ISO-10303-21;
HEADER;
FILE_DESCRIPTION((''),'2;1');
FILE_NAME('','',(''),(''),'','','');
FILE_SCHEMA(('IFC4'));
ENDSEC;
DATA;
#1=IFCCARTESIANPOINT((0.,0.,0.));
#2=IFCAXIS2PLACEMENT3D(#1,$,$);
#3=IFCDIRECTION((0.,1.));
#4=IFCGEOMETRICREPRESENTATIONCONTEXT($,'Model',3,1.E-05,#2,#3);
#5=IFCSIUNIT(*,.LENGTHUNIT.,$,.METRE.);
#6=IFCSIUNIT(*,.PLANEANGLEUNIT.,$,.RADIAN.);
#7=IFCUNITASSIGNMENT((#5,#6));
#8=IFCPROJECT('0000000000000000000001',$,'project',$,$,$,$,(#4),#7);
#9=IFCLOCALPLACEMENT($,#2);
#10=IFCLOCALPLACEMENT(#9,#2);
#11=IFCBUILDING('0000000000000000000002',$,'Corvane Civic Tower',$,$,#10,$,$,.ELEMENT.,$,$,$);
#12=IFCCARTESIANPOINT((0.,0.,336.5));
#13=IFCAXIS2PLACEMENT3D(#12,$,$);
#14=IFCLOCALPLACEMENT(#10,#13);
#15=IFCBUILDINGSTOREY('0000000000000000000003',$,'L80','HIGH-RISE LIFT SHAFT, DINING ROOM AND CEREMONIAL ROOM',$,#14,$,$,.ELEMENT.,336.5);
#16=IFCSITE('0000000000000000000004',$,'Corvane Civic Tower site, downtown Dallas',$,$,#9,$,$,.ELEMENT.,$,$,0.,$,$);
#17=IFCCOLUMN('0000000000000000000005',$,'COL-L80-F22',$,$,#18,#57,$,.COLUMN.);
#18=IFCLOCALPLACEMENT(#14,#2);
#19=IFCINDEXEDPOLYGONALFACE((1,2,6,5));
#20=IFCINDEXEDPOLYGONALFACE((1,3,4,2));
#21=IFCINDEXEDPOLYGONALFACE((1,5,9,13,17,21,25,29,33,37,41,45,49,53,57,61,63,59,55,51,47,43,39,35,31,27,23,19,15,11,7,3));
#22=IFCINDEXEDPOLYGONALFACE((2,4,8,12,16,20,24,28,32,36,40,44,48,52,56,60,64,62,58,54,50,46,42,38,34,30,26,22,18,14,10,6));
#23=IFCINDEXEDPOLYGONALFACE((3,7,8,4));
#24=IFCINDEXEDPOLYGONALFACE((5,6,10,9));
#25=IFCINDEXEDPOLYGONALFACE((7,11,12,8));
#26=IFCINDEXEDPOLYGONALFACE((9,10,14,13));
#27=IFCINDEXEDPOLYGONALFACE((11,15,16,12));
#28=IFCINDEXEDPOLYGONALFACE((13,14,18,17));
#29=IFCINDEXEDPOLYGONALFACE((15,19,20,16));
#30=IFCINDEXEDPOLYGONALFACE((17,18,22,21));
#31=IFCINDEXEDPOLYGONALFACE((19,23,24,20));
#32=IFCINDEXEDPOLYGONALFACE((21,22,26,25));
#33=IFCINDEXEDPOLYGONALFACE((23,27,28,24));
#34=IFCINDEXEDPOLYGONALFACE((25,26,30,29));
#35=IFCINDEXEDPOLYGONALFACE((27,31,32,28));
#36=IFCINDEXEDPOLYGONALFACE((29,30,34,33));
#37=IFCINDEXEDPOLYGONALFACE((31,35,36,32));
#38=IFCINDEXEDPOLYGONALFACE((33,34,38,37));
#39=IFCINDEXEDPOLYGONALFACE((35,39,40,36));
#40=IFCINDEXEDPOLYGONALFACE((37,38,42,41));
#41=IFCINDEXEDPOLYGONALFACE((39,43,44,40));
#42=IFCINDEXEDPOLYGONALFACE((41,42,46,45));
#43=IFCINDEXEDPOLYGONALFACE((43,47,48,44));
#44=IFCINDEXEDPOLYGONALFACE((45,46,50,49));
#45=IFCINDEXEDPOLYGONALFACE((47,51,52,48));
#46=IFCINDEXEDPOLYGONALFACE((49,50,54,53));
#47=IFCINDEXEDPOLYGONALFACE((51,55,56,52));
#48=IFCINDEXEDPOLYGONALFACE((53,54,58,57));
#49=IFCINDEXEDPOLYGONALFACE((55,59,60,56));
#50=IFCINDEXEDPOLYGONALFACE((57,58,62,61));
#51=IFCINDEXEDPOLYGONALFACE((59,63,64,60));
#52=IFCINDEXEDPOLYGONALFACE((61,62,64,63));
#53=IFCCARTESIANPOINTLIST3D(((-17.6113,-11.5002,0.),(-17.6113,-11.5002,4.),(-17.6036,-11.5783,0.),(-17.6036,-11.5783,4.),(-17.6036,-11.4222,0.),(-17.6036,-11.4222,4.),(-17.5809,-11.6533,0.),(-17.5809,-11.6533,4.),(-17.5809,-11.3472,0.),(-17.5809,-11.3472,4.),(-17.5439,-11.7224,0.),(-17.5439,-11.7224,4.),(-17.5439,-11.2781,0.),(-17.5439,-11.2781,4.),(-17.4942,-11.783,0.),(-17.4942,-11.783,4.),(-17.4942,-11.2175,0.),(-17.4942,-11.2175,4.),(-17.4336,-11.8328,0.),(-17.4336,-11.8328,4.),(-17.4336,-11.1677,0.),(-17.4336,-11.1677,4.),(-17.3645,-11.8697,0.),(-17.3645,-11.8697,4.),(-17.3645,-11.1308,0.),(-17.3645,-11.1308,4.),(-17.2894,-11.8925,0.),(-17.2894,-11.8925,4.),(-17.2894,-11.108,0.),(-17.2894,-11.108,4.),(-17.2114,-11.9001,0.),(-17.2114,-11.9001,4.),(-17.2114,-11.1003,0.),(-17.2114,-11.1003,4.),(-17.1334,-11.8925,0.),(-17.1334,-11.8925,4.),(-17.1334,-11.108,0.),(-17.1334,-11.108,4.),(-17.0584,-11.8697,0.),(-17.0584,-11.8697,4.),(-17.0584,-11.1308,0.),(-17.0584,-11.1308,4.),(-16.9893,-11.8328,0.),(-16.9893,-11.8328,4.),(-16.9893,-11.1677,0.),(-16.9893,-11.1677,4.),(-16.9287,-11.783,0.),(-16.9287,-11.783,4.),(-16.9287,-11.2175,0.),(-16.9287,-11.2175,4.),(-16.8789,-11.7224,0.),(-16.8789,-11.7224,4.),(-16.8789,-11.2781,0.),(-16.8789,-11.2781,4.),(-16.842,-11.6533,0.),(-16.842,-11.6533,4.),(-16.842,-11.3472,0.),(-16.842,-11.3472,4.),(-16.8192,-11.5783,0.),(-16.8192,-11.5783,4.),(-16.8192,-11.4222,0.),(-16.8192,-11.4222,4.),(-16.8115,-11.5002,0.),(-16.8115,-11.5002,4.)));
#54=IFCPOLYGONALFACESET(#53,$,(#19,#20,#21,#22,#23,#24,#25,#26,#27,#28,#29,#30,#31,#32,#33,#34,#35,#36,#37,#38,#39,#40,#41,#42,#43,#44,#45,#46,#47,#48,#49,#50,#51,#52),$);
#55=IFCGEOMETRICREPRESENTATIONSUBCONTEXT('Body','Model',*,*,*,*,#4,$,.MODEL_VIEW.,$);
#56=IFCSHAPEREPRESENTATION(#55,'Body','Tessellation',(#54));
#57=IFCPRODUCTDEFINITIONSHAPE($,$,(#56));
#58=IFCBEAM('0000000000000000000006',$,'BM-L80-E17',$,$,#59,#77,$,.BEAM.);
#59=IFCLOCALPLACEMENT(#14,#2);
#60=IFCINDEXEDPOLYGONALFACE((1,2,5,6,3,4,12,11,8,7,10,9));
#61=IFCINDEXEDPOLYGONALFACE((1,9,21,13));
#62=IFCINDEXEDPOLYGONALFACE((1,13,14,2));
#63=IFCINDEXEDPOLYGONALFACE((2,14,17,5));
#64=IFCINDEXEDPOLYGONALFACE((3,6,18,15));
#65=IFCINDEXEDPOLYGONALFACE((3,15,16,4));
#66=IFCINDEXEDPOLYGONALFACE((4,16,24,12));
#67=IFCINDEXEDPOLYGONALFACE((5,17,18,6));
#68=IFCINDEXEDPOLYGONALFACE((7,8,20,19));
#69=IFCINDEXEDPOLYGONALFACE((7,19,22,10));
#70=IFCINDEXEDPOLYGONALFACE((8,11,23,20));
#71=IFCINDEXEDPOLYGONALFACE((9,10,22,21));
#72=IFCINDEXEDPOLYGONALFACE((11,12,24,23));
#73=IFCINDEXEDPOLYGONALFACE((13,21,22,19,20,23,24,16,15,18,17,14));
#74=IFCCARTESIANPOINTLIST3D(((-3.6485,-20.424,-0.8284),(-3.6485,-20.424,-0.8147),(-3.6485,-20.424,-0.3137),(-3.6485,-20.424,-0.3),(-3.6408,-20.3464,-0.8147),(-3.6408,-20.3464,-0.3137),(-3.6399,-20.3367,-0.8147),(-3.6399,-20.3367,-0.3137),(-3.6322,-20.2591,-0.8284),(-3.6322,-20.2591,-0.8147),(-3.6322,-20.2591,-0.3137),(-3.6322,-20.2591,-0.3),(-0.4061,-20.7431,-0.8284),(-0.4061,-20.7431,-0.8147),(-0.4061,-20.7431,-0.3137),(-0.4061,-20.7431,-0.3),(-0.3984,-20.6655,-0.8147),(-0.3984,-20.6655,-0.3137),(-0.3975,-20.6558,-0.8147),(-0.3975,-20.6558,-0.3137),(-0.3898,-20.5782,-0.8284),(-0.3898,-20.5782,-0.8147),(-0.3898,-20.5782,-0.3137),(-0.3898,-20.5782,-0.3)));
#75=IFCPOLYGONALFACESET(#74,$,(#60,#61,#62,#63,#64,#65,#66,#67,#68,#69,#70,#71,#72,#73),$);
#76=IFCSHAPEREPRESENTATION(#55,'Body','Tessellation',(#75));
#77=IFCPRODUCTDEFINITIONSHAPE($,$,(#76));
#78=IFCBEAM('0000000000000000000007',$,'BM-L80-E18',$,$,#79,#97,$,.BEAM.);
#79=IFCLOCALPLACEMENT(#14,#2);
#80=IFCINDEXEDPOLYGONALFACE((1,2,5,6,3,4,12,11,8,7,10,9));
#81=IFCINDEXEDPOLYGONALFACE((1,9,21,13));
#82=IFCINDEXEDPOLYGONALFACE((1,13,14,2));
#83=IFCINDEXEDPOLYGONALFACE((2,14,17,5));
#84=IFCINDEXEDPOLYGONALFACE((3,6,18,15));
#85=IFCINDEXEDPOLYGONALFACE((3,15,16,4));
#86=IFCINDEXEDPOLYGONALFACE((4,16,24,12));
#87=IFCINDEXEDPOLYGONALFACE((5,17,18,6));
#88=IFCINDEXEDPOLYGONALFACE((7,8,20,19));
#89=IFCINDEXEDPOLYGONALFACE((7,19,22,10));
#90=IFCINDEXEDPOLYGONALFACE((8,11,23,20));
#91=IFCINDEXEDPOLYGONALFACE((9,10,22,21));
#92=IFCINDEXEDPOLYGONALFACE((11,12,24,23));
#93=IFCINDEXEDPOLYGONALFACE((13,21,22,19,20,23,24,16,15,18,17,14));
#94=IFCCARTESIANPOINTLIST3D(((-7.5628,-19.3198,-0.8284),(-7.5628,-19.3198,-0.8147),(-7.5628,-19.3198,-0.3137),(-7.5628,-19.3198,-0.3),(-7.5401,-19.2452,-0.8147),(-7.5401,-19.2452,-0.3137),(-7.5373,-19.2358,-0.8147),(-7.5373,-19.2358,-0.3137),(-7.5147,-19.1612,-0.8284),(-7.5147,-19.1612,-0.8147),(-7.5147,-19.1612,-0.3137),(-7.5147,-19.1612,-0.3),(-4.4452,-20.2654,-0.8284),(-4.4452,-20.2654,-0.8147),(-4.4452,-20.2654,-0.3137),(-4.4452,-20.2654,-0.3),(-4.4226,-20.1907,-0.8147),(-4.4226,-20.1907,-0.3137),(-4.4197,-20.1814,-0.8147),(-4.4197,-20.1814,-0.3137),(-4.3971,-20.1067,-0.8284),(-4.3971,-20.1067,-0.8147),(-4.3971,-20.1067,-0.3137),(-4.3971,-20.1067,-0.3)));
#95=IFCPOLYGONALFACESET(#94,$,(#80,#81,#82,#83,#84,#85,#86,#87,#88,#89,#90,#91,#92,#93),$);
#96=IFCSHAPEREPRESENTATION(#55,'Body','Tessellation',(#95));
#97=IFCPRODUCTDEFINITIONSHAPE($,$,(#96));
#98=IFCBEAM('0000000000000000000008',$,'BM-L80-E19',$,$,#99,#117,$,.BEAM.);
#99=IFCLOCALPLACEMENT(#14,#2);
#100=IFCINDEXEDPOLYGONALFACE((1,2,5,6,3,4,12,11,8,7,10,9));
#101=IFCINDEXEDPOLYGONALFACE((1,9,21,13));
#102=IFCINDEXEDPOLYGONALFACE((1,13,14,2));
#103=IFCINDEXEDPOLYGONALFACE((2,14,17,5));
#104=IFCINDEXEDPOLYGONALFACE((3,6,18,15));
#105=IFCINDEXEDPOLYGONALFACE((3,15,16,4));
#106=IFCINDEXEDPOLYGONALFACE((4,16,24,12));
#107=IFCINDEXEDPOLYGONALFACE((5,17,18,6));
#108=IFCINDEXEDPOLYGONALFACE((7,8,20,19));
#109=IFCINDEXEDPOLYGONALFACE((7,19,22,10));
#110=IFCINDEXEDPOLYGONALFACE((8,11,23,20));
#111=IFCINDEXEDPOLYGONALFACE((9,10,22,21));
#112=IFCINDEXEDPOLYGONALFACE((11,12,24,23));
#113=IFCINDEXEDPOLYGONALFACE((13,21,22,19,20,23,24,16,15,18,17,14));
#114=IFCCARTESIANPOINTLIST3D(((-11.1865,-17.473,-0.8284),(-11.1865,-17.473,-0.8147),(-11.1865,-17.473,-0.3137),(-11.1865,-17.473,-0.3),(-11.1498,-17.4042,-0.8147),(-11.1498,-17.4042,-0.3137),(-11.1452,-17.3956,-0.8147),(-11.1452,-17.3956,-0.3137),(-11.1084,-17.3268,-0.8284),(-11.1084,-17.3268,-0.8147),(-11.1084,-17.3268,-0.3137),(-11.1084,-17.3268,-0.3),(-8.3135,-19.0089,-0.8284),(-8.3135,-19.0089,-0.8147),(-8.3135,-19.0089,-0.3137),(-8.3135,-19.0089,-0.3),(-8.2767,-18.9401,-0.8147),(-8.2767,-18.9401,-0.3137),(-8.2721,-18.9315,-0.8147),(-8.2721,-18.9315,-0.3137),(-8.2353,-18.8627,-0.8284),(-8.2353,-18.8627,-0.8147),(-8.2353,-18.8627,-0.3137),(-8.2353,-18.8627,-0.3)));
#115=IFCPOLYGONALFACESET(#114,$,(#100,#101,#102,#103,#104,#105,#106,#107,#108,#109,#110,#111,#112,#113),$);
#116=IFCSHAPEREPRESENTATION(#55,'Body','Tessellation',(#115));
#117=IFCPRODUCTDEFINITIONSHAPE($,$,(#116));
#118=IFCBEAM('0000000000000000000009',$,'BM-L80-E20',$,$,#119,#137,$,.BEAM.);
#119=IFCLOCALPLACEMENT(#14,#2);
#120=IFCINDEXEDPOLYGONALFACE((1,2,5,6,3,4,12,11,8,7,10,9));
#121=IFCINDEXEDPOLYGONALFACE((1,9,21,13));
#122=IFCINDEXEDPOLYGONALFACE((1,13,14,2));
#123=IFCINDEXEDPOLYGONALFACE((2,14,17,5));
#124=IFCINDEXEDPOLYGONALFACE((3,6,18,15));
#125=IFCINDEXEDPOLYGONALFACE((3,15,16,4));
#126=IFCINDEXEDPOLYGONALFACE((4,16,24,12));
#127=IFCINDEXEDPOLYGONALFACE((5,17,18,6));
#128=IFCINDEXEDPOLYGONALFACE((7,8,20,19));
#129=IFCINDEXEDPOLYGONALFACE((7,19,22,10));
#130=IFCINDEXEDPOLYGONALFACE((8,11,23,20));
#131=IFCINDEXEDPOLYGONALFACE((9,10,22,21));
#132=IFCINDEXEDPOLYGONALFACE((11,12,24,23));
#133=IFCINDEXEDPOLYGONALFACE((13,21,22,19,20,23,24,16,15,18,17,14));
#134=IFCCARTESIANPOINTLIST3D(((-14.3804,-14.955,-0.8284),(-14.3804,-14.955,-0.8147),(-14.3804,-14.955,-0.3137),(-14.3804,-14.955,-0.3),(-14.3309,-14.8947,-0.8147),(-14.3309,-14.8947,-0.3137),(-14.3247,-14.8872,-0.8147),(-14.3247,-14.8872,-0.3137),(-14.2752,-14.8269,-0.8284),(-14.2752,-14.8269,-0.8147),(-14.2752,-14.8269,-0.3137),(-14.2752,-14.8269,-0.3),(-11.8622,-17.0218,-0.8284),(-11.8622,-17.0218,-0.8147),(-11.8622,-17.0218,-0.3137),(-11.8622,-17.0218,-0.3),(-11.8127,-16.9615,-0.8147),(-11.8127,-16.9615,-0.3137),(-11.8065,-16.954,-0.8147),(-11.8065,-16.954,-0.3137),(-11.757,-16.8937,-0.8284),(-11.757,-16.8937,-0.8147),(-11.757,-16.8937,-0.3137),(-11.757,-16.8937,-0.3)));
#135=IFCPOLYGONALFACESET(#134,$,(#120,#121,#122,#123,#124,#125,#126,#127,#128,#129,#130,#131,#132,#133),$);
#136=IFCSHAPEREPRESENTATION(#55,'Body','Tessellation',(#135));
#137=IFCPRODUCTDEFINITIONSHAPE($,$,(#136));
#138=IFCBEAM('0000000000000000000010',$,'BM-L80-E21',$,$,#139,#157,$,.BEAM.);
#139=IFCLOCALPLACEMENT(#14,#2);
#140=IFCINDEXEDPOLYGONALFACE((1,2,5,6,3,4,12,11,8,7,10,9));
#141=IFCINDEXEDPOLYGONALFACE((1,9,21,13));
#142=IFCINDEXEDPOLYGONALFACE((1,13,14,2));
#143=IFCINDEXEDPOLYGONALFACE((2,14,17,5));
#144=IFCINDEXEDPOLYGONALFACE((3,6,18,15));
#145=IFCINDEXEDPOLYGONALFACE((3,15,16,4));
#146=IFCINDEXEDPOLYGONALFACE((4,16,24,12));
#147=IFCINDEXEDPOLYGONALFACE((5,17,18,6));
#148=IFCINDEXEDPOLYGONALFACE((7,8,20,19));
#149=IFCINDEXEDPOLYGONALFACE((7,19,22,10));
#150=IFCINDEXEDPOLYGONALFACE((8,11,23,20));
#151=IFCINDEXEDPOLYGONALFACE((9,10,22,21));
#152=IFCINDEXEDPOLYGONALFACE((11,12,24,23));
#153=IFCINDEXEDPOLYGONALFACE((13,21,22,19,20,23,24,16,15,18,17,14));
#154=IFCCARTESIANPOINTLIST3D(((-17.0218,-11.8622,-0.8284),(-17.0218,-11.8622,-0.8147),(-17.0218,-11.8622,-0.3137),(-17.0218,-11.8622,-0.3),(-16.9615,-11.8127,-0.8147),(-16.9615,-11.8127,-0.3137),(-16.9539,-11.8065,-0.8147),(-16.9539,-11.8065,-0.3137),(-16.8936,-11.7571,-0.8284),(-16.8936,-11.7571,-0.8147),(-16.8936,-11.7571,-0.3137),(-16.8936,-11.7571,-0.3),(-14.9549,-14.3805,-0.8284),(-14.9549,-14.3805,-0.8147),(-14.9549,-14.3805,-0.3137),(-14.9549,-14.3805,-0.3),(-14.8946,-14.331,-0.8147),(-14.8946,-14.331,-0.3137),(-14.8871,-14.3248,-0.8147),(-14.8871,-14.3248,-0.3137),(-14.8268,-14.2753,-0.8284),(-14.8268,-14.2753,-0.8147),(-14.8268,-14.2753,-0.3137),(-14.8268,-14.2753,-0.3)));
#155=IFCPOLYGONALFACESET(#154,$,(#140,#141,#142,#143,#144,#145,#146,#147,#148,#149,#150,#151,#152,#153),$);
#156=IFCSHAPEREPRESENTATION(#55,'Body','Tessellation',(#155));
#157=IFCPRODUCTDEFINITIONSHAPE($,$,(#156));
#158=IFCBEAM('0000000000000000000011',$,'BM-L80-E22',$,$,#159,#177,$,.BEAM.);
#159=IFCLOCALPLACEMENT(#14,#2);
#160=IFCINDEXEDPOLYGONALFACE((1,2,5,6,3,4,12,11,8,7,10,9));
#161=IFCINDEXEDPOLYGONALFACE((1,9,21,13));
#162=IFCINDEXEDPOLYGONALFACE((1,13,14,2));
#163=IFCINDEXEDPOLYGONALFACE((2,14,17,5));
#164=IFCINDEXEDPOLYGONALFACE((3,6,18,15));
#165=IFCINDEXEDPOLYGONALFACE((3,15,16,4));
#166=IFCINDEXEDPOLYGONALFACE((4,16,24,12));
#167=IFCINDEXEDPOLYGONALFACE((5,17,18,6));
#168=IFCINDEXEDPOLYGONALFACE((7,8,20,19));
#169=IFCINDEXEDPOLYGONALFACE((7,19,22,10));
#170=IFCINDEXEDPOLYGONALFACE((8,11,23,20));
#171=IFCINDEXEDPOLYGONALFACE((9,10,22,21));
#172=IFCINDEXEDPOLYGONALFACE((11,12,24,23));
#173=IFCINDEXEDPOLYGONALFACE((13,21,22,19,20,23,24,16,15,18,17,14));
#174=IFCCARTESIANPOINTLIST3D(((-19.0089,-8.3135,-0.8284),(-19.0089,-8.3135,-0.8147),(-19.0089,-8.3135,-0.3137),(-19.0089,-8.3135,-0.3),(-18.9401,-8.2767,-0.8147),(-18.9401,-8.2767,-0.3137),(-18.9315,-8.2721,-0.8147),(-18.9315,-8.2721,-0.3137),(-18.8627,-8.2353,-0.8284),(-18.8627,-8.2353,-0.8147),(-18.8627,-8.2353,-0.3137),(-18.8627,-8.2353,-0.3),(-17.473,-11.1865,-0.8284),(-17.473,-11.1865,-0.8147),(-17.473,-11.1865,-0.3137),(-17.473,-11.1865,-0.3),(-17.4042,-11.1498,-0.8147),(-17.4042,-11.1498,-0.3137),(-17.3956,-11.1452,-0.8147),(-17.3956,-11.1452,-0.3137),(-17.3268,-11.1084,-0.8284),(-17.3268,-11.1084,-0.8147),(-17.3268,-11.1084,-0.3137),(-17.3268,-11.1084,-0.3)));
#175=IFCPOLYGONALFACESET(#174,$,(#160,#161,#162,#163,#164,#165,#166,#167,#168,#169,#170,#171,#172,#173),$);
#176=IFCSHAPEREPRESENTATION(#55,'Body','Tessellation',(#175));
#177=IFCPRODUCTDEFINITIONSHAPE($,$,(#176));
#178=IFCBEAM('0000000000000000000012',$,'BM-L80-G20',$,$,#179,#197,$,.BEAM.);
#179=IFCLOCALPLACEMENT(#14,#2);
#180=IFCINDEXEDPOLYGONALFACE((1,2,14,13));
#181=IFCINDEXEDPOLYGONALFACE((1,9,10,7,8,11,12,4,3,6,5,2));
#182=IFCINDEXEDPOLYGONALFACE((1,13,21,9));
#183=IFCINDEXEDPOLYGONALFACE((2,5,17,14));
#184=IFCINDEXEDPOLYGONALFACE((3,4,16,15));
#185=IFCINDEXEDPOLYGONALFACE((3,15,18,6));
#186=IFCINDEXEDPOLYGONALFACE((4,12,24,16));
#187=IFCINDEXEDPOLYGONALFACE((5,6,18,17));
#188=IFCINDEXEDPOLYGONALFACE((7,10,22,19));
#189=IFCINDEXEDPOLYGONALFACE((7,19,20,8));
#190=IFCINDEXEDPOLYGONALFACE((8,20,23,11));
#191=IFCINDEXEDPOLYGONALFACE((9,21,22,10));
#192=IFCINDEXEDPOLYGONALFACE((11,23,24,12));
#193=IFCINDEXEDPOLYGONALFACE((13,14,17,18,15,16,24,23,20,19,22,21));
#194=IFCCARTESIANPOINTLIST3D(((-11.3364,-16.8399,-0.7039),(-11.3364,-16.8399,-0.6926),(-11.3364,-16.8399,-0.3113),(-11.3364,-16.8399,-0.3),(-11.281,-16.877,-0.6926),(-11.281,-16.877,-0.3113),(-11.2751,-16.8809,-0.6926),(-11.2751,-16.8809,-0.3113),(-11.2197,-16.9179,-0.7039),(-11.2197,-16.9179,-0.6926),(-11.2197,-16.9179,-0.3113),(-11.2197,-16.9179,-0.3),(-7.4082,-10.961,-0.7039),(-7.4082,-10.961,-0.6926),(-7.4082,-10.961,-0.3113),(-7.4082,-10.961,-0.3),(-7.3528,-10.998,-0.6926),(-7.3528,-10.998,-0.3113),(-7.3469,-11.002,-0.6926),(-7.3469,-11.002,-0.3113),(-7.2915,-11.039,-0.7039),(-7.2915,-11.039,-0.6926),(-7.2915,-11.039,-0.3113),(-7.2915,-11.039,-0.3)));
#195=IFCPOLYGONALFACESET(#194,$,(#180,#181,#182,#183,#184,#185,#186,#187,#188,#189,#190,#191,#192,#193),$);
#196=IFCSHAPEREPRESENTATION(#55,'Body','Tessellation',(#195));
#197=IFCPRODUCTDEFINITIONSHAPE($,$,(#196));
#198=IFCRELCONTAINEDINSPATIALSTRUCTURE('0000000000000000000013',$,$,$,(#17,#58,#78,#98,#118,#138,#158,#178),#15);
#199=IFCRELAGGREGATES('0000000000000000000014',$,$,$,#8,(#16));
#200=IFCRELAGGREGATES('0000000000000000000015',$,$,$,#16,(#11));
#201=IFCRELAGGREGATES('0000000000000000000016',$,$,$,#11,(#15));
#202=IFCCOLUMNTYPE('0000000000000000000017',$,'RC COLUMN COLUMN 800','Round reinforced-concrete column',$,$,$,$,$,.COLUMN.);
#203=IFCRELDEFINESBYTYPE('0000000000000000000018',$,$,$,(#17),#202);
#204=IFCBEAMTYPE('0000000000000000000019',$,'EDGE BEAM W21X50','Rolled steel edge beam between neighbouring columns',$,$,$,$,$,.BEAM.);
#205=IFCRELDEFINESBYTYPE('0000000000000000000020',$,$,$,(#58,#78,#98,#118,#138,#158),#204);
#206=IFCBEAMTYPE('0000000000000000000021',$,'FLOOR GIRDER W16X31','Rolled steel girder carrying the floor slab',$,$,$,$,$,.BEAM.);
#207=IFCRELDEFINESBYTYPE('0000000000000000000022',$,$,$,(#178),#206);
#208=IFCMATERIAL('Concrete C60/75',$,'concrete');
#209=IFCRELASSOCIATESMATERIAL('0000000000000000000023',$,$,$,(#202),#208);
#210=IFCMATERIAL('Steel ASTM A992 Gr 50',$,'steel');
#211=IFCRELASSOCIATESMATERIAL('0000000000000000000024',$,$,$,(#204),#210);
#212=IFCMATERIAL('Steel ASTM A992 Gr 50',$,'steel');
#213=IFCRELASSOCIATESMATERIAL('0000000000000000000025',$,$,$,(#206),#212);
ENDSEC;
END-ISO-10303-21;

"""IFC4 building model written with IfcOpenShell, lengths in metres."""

from ifc_helpers import new_model, si_unit, direction, frame, origin, origin_2d, place, context, subcontext, project, spatial, circle, i_section, extrude, material, material_profile, profile_set, type_object, element, save


model = new_model("IFC4")

# Units and contexts
model_context = context("Model", 3, precision=1e-05, world=origin(), true_north=direction((0.0, 1.0)))
body_context = subcontext(model_context, "Body", "Model", "MODEL_VIEW")
ifc_project = project(units=[si_unit("LENGTHUNIT", "METRE"), si_unit("PLANEANGLEUNIT", "RADIAN")], contexts=[model_context])

# Site, building, storey
site_placement = place(None, origin())
site = spatial("IfcSite", under=ifc_project, at=site_placement, Name="Corvane Civic Tower site, downtown Dallas", CompositionType="ELEMENT", RefElevation=0.0)
building_placement = place(site_placement, origin())
building = spatial("IfcBuilding", under=site, at=building_placement, Name="Corvane Civic Tower", CompositionType="ELEMENT")
storey_placement = place(building_placement, frame((0.0, 0.0, 336.5)))
storey = spatial("IfcBuildingStorey", under=building, at=storey_placement, Name="L80", Description="HIGH-RISE LIFT SHAFT, DINING ROOM AND CEREMONIAL ROOM", CompositionType="ELEMENT", Elevation=336.5)

# Column
ifc_material_1 = material(Name="Concrete C60/75", Category="concrete")
ifc_material_profile_1 = material_profile(ifc_material_1, circle(Radius=0.3999, at=origin_2d()), Name="COLUMN 800")
ifc_profile_set_1 = profile_set([ifc_material_profile_1], Name="Concrete C60/75")
column_type = type_object("IfcColumnType", Name="RC COLUMN COLUMN 800", Description="Round reinforced-concrete column", PredefinedType="COLUMN", material=ifc_profile_set_1)
for number, where, z_axis, x_axis, name in (
    (1, (-17.2114, -11.5002, 0.0), (0.0, 0.0, 1.0), (1.0, 0.0, 0.0), "COL-L80-F22"),
):
    element("IfcColumn", number, at=place(storey_placement, frame(where, z_axis=z_axis, x_axis=x_axis)), inside=storey, type_object=column_type, Name=name, PredefinedType="COLUMN", context=body_context, shape_type="SweptSolid", body=[
        extrude(circle(Radius=0.3999, at=origin_2d()), origin(), (0.0, 0.0, 1.0), 4.0),
    ])

# Beams
ifc_material_2 = material(Name="Steel ASTM A992 Gr 50", Category="steel")
ifc_material_profile_2 = material_profile(ifc_material_2, i_section(OverallWidth=0.1658, OverallDepth=0.5283, WebThickness=0.0098, FlangeThickness=0.0137, at=origin_2d()), Name="W21X50")
ifc_profile_set_2 = profile_set([ifc_material_profile_2], Name="Steel ASTM A992 Gr 50")
beam_type_1 = type_object("IfcBeamType", Name="EDGE BEAM W21X50", Description="Rolled steel edge beam between neighbouring columns", PredefinedType="BEAM", material=ifc_profile_set_2)
beam_1_placement = place(storey_placement, frame((-0.3979, -20.6606, -0.5642), z_axis=(-0.995193, 0.097938, 0.0), x_axis=(-0.097938, -0.995193, 0.0)))
element("IfcBeam", 2, at=beam_1_placement, inside=storey, type_object=beam_type_1, Name="BM-L80-E17", PredefinedType="BEAM", context=body_context, shape_type="SweptSolid", body=[
    extrude(i_section(OverallWidth=0.1658, OverallDepth=0.5283, WebThickness=0.0098, FlangeThickness=0.0137, at=origin_2d()), origin(), (0.0, 0.0, 1.0), 3.2581),
])
for number, where, z_axis, x_axis, name in (
    (3, (-4.4211, -20.186, -0.5642), (-0.956956, 0.290234, 0.0), (-0.290234, -0.956956, 0.0), "BM-L80-E18"),
    (4, (-8.2744, -18.9358, -0.5642), (-0.881894, 0.471448, 0.0), (-0.471448, -0.881894, 0.0), "BM-L80-E19"),
    (5, (-11.8096, -16.9578, -0.5642), (-0.772985, 0.634425, 0.0), (-0.634425, -0.772985, 0.0), "BM-L80-E20"),
    (6, (-14.8909, -14.3279, -0.5642), (-0.634425, 0.772985, 0.0), (-0.772985, -0.634425, 0.0), "BM-L80-E21"),
    (7, (-17.3999, -11.1475, -0.5642), (-0.471448, 0.881894, 0.0), (-0.881894, -0.471448, 0.0), "BM-L80-E22"),
):
    element("IfcBeam", number, at=place(storey_placement, frame(where, z_axis=z_axis, x_axis=x_axis)), inside=storey, type_object=beam_type_1, Name=name, PredefinedType="BEAM", context=body_context, shape_type="SweptSolid", body=[
        extrude(i_section(OverallWidth=0.1658, OverallDepth=0.5283, WebThickness=0.0098, FlangeThickness=0.0137, at=origin_2d()), origin(), (0.0, 0.0, 1.0), 3.2578),
    ])
ifc_material_3 = material(Name="Steel ASTM A992 Gr 50", Category="steel")
ifc_material_profile_3 = material_profile(ifc_material_3, i_section(OverallWidth=0.1404, OverallDepth=0.4038, WebThickness=0.0071, FlangeThickness=0.0112, at=origin_2d()), Name="W16X31")
ifc_profile_set_3 = profile_set([ifc_material_profile_3], Name="Steel ASTM A992 Gr 50")
beam_type_2 = type_object("IfcBeamType", Name="FLOOR GIRDER W16X31", Description="Rolled steel girder carrying the floor slab", PredefinedType="BEAM", material=ifc_profile_set_3)
beam_2_placement = place(storey_placement, frame((-7.3499, -11.0, -0.502), z_axis=(-0.555576, -0.831465, 0.0), x_axis=(0.831465, -0.555576, 0.0)))
element("IfcBeam", 8, at=beam_2_placement, inside=storey, type_object=beam_type_2, Name="BM-L80-G20", PredefinedType="BEAM", context=body_context, shape_type="SweptSolid", body=[
    extrude(i_section(OverallWidth=0.1404, OverallDepth=0.4038, WebThickness=0.0071, FlangeThickness=0.0112, at=origin_2d()), origin(), (0.0, 0.0, 1.0), 7.0706),
])

save(model, "model.ifc")
